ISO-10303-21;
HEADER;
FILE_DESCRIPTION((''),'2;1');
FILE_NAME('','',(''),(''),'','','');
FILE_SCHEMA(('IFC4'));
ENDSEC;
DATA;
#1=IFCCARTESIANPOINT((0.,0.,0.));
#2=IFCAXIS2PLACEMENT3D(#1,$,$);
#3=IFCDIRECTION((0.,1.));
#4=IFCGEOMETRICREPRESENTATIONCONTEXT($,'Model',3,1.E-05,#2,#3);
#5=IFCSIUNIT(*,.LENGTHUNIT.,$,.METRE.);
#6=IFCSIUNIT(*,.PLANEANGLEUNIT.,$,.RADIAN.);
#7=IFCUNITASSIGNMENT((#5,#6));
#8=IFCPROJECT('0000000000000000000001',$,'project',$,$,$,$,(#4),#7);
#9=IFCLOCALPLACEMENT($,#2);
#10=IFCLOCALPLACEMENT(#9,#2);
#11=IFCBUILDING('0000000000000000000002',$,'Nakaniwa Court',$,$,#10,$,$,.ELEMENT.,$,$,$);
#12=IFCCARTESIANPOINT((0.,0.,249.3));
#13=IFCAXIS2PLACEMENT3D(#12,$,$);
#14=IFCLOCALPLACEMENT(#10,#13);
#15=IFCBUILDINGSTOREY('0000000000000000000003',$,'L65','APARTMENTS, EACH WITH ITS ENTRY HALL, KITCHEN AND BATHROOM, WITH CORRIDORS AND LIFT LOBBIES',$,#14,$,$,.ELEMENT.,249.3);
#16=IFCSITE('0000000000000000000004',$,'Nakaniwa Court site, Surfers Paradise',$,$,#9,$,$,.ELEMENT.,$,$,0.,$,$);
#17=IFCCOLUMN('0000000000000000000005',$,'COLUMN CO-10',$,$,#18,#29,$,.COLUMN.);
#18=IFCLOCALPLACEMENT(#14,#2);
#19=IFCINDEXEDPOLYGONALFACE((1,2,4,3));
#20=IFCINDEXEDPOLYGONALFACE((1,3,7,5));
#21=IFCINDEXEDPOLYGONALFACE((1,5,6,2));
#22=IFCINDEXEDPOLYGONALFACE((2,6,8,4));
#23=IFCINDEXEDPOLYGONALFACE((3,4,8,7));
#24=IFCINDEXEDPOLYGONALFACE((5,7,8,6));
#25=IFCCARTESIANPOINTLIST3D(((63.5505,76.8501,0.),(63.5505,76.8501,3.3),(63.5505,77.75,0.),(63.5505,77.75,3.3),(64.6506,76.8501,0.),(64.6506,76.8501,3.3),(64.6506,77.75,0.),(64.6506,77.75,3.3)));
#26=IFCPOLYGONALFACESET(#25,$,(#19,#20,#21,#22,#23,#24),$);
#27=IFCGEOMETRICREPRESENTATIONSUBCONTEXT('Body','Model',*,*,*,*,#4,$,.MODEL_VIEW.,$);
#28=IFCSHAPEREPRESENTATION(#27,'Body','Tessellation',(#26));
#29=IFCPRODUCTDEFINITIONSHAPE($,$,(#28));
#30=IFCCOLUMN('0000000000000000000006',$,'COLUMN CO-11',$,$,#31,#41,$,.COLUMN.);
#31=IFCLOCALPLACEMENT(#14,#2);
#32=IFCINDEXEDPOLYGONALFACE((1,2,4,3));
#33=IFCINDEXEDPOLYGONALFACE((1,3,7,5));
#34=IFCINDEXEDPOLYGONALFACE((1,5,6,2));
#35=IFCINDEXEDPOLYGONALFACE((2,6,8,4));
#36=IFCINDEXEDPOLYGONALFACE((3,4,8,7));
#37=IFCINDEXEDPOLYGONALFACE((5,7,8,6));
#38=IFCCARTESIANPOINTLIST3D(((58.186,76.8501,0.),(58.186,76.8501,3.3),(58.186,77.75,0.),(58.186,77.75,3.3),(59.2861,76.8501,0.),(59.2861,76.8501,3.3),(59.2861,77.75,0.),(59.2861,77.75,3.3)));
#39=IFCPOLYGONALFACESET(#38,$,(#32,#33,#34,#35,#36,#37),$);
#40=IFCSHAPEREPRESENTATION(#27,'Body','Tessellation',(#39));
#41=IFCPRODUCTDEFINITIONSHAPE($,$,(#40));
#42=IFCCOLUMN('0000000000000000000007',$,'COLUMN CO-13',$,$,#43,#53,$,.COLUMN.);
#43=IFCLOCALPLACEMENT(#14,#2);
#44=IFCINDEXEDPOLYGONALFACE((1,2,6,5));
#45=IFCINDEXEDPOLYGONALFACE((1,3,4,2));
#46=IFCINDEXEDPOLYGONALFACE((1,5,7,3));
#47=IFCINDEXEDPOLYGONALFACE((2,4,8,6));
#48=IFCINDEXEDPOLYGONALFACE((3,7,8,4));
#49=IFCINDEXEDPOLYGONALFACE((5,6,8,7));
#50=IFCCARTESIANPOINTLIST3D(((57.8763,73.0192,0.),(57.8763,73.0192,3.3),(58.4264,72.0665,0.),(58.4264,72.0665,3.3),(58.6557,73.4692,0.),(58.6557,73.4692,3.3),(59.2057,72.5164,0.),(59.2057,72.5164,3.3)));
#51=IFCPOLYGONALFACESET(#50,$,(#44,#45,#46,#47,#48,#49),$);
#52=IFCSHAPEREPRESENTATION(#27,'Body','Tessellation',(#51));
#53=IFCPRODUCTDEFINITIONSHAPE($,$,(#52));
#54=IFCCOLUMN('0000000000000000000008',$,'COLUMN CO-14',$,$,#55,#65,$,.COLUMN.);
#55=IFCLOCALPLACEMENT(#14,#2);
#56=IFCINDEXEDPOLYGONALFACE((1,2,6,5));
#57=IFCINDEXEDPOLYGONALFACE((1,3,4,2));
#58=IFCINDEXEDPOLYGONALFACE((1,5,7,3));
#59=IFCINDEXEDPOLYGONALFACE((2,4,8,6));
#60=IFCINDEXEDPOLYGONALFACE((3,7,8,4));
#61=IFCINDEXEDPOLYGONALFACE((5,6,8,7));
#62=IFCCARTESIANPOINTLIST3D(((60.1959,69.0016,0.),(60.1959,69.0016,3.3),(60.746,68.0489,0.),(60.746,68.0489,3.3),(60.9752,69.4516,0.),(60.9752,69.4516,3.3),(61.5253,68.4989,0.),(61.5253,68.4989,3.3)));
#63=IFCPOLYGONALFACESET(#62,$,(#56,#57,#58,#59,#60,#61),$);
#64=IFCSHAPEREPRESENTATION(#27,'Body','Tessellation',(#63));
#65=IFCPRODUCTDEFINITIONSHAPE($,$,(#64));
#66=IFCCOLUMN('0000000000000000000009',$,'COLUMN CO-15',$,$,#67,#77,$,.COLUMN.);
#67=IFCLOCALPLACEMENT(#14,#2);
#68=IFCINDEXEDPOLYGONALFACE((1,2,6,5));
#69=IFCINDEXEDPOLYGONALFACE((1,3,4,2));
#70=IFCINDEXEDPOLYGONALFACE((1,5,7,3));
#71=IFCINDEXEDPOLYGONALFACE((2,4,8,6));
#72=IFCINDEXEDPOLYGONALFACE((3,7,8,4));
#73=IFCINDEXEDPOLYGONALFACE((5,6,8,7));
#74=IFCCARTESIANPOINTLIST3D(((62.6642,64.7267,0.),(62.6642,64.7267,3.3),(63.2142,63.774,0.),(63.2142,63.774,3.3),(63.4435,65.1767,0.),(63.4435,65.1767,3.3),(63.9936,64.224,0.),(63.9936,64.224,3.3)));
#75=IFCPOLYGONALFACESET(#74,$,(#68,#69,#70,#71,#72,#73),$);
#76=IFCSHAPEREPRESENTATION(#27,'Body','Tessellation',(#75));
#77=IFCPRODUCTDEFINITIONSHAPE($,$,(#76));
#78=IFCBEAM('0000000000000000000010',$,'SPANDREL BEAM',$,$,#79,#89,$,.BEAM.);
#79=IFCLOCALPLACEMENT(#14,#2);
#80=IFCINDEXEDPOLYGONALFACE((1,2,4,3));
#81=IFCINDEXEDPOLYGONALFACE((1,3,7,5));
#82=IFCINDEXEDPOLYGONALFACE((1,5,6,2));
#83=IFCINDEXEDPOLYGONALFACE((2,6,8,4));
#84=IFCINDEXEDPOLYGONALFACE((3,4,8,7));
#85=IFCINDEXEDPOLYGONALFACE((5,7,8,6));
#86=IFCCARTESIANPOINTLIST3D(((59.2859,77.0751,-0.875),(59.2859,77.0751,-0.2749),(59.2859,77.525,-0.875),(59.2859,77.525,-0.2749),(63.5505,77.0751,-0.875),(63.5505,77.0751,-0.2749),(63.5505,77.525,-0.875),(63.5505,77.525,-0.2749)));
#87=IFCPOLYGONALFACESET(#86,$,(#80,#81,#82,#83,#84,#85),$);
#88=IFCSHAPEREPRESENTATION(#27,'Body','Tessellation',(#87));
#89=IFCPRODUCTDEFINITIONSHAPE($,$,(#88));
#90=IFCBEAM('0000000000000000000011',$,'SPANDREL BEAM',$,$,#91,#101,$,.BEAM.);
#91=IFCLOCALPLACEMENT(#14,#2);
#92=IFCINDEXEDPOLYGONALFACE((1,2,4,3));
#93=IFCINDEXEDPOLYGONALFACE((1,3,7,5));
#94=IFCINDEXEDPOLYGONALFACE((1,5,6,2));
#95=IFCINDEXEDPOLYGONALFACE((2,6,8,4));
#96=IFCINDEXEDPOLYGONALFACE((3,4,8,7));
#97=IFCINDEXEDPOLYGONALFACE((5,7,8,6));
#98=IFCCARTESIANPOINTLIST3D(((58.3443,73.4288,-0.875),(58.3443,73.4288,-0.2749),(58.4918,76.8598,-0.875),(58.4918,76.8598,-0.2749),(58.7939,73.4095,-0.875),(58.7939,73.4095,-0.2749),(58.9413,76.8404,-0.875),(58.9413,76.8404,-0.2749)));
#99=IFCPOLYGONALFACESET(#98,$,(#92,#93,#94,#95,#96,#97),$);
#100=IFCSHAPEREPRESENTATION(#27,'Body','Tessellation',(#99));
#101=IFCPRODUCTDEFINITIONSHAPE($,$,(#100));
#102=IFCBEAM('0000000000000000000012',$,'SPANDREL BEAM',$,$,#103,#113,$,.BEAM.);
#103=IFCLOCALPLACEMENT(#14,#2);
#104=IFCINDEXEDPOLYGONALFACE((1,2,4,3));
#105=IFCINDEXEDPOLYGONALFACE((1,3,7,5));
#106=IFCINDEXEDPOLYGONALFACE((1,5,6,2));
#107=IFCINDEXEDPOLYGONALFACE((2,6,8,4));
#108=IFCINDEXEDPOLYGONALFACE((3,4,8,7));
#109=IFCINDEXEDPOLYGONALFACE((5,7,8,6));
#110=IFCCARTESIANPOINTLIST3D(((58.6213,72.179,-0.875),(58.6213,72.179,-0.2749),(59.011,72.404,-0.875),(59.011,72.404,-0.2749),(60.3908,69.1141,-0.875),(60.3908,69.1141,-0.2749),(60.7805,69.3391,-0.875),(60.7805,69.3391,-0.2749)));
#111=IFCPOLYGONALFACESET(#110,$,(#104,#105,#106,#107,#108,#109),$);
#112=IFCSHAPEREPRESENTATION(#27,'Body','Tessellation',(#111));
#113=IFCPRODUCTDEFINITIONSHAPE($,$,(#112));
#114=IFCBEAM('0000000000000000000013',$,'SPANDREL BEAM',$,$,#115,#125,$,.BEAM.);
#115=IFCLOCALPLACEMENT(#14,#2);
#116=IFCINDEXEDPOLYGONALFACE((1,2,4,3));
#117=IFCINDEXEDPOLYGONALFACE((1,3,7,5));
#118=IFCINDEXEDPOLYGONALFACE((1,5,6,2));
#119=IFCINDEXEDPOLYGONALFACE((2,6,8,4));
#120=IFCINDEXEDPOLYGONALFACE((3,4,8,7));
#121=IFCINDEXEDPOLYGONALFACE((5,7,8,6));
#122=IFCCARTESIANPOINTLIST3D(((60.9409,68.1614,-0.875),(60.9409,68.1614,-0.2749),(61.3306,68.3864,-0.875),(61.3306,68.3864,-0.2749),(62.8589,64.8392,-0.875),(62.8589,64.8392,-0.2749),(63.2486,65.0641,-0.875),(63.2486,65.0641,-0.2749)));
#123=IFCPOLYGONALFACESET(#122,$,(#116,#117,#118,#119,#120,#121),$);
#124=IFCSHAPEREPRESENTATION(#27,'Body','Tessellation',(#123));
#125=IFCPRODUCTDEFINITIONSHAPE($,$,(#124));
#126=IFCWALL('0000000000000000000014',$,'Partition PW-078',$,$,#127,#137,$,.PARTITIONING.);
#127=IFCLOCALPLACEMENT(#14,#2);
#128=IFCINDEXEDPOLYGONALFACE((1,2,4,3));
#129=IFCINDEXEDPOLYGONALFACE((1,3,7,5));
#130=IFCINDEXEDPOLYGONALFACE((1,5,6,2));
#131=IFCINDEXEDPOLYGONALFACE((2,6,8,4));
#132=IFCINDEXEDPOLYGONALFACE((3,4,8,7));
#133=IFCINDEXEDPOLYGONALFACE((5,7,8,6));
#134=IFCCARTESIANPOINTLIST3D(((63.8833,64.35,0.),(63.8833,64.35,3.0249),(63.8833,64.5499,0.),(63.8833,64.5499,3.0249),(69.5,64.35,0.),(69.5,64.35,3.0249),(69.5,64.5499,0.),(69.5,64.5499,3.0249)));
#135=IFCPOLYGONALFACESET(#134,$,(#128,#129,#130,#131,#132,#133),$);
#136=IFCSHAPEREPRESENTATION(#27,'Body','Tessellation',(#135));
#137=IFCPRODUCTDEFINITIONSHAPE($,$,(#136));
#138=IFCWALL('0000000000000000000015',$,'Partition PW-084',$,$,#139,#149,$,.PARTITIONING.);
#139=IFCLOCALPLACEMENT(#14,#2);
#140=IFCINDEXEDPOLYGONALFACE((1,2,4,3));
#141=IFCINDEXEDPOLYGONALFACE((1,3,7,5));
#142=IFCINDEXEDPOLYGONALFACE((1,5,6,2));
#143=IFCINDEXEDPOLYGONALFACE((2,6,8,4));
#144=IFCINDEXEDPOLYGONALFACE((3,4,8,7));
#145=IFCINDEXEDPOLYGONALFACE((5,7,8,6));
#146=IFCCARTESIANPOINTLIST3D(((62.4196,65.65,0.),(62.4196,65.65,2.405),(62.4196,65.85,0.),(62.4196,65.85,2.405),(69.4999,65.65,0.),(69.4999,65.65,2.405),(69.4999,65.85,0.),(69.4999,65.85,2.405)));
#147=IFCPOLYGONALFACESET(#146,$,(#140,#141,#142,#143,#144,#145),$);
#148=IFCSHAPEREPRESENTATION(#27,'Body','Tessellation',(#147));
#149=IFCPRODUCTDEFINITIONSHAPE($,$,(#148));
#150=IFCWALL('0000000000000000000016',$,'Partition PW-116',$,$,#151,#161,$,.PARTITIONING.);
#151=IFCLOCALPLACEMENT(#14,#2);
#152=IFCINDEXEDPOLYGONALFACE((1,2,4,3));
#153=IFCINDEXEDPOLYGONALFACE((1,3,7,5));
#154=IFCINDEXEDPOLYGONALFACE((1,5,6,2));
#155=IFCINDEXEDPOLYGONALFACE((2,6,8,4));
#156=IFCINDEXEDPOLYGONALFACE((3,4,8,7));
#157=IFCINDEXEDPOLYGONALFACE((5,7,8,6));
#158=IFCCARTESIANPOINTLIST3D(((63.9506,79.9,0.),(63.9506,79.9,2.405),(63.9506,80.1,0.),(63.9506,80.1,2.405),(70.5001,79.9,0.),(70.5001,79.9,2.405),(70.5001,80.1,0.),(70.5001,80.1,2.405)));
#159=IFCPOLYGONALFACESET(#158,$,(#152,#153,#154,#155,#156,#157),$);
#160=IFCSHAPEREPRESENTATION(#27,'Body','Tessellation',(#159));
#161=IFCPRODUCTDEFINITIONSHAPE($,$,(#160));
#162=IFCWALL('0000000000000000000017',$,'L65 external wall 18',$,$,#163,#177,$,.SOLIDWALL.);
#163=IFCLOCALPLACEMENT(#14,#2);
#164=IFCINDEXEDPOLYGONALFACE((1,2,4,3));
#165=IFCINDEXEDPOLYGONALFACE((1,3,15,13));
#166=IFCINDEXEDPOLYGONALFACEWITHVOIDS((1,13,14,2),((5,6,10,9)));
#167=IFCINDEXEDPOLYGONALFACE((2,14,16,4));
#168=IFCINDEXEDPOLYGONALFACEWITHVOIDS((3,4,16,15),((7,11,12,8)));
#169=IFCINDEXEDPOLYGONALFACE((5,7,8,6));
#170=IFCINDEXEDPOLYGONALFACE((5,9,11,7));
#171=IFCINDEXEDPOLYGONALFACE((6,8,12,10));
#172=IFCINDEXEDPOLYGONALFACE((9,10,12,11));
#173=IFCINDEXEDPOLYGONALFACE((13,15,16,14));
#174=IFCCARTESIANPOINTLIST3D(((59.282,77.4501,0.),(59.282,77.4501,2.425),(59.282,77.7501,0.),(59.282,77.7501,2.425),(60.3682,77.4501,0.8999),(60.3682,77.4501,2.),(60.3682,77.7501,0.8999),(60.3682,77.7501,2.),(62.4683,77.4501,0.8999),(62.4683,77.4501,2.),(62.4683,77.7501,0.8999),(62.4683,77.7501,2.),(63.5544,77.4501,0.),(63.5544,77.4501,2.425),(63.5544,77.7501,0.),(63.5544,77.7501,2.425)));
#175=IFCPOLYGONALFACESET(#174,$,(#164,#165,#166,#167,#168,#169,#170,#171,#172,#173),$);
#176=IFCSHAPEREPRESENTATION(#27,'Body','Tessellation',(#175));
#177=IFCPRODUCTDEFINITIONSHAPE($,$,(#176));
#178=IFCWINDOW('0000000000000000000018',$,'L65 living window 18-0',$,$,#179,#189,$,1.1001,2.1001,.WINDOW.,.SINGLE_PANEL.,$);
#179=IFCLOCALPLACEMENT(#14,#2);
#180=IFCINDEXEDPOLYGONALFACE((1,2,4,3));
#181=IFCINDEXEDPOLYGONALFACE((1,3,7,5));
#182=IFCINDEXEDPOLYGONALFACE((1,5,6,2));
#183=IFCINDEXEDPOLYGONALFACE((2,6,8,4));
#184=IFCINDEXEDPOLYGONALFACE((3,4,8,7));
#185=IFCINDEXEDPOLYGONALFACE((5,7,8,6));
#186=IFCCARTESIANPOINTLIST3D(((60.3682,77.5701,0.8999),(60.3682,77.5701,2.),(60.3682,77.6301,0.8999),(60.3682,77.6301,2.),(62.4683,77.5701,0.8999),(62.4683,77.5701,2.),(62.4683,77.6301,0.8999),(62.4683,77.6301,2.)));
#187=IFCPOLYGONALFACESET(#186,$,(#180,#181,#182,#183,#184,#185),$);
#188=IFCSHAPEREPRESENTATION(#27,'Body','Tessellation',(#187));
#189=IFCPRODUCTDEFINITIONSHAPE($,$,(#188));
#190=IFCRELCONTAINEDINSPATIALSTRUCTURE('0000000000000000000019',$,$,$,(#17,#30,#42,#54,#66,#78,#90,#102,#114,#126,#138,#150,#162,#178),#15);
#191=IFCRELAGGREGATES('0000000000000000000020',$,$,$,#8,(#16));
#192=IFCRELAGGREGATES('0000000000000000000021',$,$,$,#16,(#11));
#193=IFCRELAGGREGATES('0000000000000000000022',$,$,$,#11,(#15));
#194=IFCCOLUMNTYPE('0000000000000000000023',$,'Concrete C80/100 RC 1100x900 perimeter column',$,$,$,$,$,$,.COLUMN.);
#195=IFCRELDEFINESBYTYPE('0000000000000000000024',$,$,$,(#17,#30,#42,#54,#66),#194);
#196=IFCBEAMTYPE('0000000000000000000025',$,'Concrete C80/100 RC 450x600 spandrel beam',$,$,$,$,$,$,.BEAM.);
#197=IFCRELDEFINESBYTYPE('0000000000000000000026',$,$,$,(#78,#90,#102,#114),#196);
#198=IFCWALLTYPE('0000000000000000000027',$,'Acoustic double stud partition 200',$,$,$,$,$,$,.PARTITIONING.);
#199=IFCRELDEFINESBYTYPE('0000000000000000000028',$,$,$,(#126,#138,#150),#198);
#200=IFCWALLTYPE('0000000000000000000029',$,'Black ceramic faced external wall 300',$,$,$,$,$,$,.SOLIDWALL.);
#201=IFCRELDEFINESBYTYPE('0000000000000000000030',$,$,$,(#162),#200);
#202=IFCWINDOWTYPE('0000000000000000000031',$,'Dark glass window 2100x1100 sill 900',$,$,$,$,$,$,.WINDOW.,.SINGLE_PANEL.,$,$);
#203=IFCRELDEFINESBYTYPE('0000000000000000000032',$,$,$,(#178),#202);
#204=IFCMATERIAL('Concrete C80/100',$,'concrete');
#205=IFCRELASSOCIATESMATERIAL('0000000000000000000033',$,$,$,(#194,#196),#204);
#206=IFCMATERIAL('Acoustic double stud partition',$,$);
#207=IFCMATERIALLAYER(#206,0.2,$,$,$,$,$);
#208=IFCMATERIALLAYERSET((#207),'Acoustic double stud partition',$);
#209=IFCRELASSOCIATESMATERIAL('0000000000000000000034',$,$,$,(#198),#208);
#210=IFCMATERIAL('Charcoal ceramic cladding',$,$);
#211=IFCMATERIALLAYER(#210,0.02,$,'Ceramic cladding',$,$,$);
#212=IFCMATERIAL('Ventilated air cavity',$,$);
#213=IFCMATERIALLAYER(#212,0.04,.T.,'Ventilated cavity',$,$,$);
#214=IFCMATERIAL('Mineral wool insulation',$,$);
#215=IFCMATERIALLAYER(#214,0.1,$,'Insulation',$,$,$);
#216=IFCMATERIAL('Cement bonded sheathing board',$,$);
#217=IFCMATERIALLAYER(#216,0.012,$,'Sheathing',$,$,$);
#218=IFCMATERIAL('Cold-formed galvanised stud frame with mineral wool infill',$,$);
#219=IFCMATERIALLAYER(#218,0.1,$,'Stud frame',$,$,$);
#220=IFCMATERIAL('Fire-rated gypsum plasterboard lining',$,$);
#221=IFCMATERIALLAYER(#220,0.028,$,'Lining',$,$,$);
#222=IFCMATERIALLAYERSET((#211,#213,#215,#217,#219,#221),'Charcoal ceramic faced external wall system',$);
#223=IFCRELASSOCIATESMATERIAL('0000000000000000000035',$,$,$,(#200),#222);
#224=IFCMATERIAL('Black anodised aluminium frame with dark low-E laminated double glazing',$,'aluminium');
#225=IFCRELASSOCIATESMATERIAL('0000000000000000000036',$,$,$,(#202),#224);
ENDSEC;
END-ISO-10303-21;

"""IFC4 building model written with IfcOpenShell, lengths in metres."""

from ifc_helpers import new_model, si_unit, direction, frame, frame_2d, origin, origin_2d, place, context, subcontext, project, spatial, rectangle, extrude, material, layer, layer_set, material_profile, profile_set, type_object, element, fill, save


model = new_model("IFC4")

# Units and contexts
model_context = context("Model", 3, precision=1e-05, world=origin(), true_north=direction((0.0, 1.0)))
body_context = subcontext(model_context, "Body", "Model", "MODEL_VIEW")
ifc_project = project(units=[si_unit("LENGTHUNIT", "METRE"), si_unit("PLANEANGLEUNIT", "RADIAN")], contexts=[model_context])

# Site, building, storey
site_placement = place(None, origin())
site = spatial("IfcSite", under=ifc_project, at=site_placement, Name="Nakaniwa Court site, Surfers Paradise", CompositionType="ELEMENT", RefElevation=0.0)
building_placement = place(site_placement, origin())
building = spatial("IfcBuilding", under=site, at=building_placement, Name="Nakaniwa Court", CompositionType="ELEMENT")
storey_placement = place(building_placement, frame((0.0, 0.0, 249.3)))
storey = spatial("IfcBuildingStorey", under=building, at=storey_placement, Name="L65", Description="APARTMENTS, EACH WITH ITS ENTRY HALL, KITCHEN AND BATHROOM, WITH CORRIDORS AND LIFT LOBBIES", CompositionType="ELEMENT", Elevation=249.3)

# Columns
ifc_material_1 = material(Name="Concrete C80/100", Category="concrete")
ifc_material_profile_1 = material_profile(ifc_material_1, rectangle(XDim=1.1001, YDim=0.8999, at=origin_2d()), Name="Concrete C80/100 RC 1100x900 perimeter column")
ifc_profile_set_1 = profile_set([ifc_material_profile_1], Name="Concrete C80/100")
column_type = type_object("IfcColumnType", Name="Concrete C80/100 RC 1100x900 perimeter column", PredefinedType="COLUMN", material=ifc_profile_set_1)
for number, where, z_axis, x_axis, name in (
    (1, (64.1006, 77.3, 0.0), (0.0, 0.0, 1.0), (-1.0, 0.0, 0.0), "COLUMN CO-10"),
    (2, (58.7361, 77.3, 0.0), (0.0, 0.0, 1.0), (-1.0, 0.0, 0.0), "COLUMN CO-11"),
    (3, (58.541, 72.7678, 0.0), (0.0, 0.0, 1.0), (0.5, -0.866025, 0.0), "COLUMN CO-13"),
    (4, (60.8606, 68.7502, 0.0), (0.0, 0.0, 1.0), (0.5, -0.866025, 0.0), "COLUMN CO-14"),
    (5, (63.3289, 64.4753, 0.0), (0.0, 0.0, 1.0), (0.5, -0.866025, 0.0), "COLUMN CO-15"),
):
    element("IfcColumn", number, at=place(storey_placement, frame(where, z_axis=z_axis, x_axis=x_axis)), inside=storey, type_object=column_type, Name=name, PredefinedType="COLUMN", context=body_context, shape_type="SweptSolid", body=[
        extrude(rectangle(XDim=1.1001, YDim=0.8999, at=origin_2d()), origin(), (0.0, 0.0, 1.0), 3.3),
    ])

# Beams
ifc_material_profile_2 = material_profile(ifc_material_1, rectangle(XDim=0.45, YDim=0.6001, at=origin_2d()), Name="Concrete C80/100 RC 450x600 spandrel beam")
ifc_profile_set_2 = profile_set([ifc_material_profile_2], Name="Concrete C80/100")
beam_type = type_object("IfcBeamType", Name="Concrete C80/100 RC 450x600 spandrel beam", PredefinedType="BEAM", material=ifc_profile_set_2)
beam_1_placement = place(storey_placement, frame((63.5505, 77.3, -0.575), z_axis=(-1.0, 0.0, 0.0), x_axis=(0.0, -1.0, 0.0)))
element("IfcBeam", 6, at=beam_1_placement, inside=storey, type_object=beam_type, Name="SPANDREL BEAM", PredefinedType="BEAM", context=body_context, shape_type="SweptSolid", body=[
    extrude(rectangle(XDim=0.45, YDim=0.6001, at=origin_2d()), origin(), (0.0, 0.0, 1.0), 4.2646),
])
beam_2_placement = place(storey_placement, frame((58.7166, 76.8501, -0.575), z_axis=(-0.042941, -0.999078, 0.0), x_axis=(0.999078, -0.042941, 0.0)))
element("IfcBeam", 7, at=beam_2_placement, inside=storey, type_object=beam_type, Name="SPANDREL BEAM", PredefinedType="BEAM", context=body_context, shape_type="SweptSolid", body=[
    extrude(rectangle(XDim=0.45, YDim=0.6001, at=origin_2d()), origin(), (0.0, 0.0, 1.0), 3.4341),
])
beam_3_placement = place(storey_placement, frame((58.8162, 72.2915, -0.575), z_axis=(0.499997, -0.866027, 0.0), x_axis=(0.866027, 0.499997, 0.0)))
element("IfcBeam", 8, at=beam_3_placement, inside=storey, type_object=beam_type, Name="SPANDREL BEAM", PredefinedType="BEAM", context=body_context, shape_type="SweptSolid", body=[
    extrude(rectangle(XDim=0.45, YDim=0.6001, at=origin_2d()), origin(), (0.0, 0.0, 1.0), 3.5391),
])
beam_4_placement = place(storey_placement, frame((61.1357, 68.2739, -0.575), z_axis=(0.499972, -0.866041, 0.0), x_axis=(0.866041, 0.499972, 0.0)))
element("IfcBeam", 9, at=beam_4_placement, inside=storey, type_object=beam_type, Name="SPANDREL BEAM", PredefinedType="BEAM", context=body_context, shape_type="SweptSolid", body=[
    extrude(rectangle(XDim=0.45, YDim=0.6001, at=origin_2d()), origin(), (0.0, 0.0, 1.0), 3.8362),
])

# Walls
ifc_material_2 = material(Name="Acoustic double stud partition")
ifc_layer_1 = layer(ifc_material_2, 0.2)
ifc_layer_set_1 = layer_set([ifc_layer_1], Name="Acoustic double stud partition")
wall_type_1 = type_object("IfcWallType", Name="Acoustic double stud partition 200", PredefinedType="PARTITIONING", material=ifc_layer_set_1)
wall_1_placement = place(storey_placement, frame((63.8833, 64.45, 0.0), z_axis=(0.0, 0.0, 1.0), x_axis=(1.0, 0.0, 0.0)))
element("IfcWall", 10, at=wall_1_placement, inside=storey, type_object=wall_type_1, Name="Partition PW-078", PredefinedType="PARTITIONING", context=body_context, shape_type="SweptSolid", body=[
    extrude(rectangle(XDim=5.6167, YDim=0.2, at=frame_2d((2.8083, 0.0))), origin(), (0.0, 0.0, 1.0), 3.0249),
])
wall_2_placement = place(storey_placement, frame((62.4197, 65.75, 0.0), z_axis=(0.0, 0.0, 1.0), x_axis=(1.0, 0.0, 0.0)))
element("IfcWall", 11, at=wall_2_placement, inside=storey, type_object=wall_type_1, Name="Partition PW-084", PredefinedType="PARTITIONING", context=body_context, shape_type="SweptSolid", body=[
    extrude(rectangle(XDim=7.0803, YDim=0.2, at=frame_2d((3.54, 0.0))), origin(), (0.0, 0.0, 1.0), 2.405),
])
wall_3_placement = place(storey_placement, frame((63.9504, 80.0, 0.0), z_axis=(0.0, 0.0, 1.0), x_axis=(1.0, 0.0, 0.0)))
element("IfcWall", 12, at=wall_3_placement, inside=storey, type_object=wall_type_1, Name="Partition PW-116", PredefinedType="PARTITIONING", context=body_context, shape_type="SweptSolid", body=[
    extrude(rectangle(XDim=6.5496, YDim=0.2, at=frame_2d((3.2749, 0.0))), origin(), (0.0, 0.0, 1.0), 2.405),
])

# Wall, opening, window
ifc_material_3 = material(Name="Charcoal ceramic cladding")
ifc_layer_2 = layer(ifc_material_3, 0.02, Name="Ceramic cladding")
ifc_material_4 = material(Name="Ventilated air cavity")
ifc_layer_3 = layer(ifc_material_4, 0.04, ventilated=True, Name="Ventilated cavity")
ifc_material_5 = material(Name="Mineral wool insulation")
ifc_layer_4 = layer(ifc_material_5, 0.1, Name="Insulation")
ifc_material_6 = material(Name="Cement bonded sheathing board")
ifc_layer_5 = layer(ifc_material_6, 0.012, Name="Sheathing")
ifc_material_7 = material(Name="Cold-formed galvanised stud frame with mineral wool infill")
ifc_layer_6 = layer(ifc_material_7, 0.1, Name="Stud frame")
ifc_material_8 = material(Name="Fire-rated gypsum plasterboard lining")
ifc_layer_7 = layer(ifc_material_8, 0.028, Name="Lining")
ifc_layer_set_2 = layer_set([ifc_layer_2, ifc_layer_3, ifc_layer_4, ifc_layer_5, ifc_layer_6, ifc_layer_7], Name="Charcoal ceramic faced external wall system")
wall_type_2 = type_object("IfcWallType", Name="Black ceramic faced external wall 300", PredefinedType="SOLIDWALL", material=ifc_layer_set_2)
wall_4_placement = place(storey_placement, frame((63.5544, 77.6001, 0.0), z_axis=(0.0, 0.0, 1.0), x_axis=(-1.0, 0.0, 0.0)))
wall_4 = element("IfcWall", 13, at=wall_4_placement, inside=storey, type_object=wall_type_2, Name="L65 external wall 18", PredefinedType="SOLIDWALL", context=body_context, shape_type="SweptSolid", body=[
    extrude(rectangle(XDim=4.2725, YDim=0.3, at=frame_2d((2.1362, 0.0))), origin(), (0.0, 0.0, 1.0), 2.425),
])
opening_1_placement = place(wall_4_placement, frame((1.0862, 0.0, 0.8999)))
opening_1 = element("IfcOpeningElement", 14, at=opening_1_placement, cuts=wall_4, PredefinedType="OPENING", context=body_context, shape_type="SweptSolid", body=[
    extrude(rectangle(XDim=2.1001, YDim=1.1001, at=frame_2d((1.05, 0.55))), frame((0.0, 0.1599, 0.0), z_axis=(0.0, -1.0, 0.0), x_axis=(1.0, 0.0, 0.0)), (0.0, 0.0, 1.0), 0.3201),
])
ifc_material_9 = material(Name="Black anodised aluminium frame with dark low-E laminated double glazing", Category="aluminium")
window_type_1 = type_object("IfcWindowType", Name="Dark glass window 2100x1100 sill 900", PartitioningType="SINGLE_PANEL", PredefinedType="WINDOW", material=ifc_material_9)
window_1_placement = place(opening_1_placement, origin())
window_1 = element("IfcWindow", 15, at=window_1_placement, inside=storey, type_object=window_type_1, Name="L65 living window 18-0", OverallHeight=1.1001, OverallWidth=2.1001, PartitioningType="SINGLE_PANEL", PredefinedType="WINDOW", context=body_context, shape_type="SweptSolid", body=[
    extrude(rectangle(XDim=2.1001, YDim=1.1001, at=frame_2d((1.05, 0.55))), frame((0.0, 0.03, 0.0), z_axis=(0.0, -1.0, 0.0), x_axis=(1.0, 0.0, 0.0)), (0.0, 0.0, 1.0), 0.0601),
])
fill(opening_1, window_1)

save(model, "model.ifc")
